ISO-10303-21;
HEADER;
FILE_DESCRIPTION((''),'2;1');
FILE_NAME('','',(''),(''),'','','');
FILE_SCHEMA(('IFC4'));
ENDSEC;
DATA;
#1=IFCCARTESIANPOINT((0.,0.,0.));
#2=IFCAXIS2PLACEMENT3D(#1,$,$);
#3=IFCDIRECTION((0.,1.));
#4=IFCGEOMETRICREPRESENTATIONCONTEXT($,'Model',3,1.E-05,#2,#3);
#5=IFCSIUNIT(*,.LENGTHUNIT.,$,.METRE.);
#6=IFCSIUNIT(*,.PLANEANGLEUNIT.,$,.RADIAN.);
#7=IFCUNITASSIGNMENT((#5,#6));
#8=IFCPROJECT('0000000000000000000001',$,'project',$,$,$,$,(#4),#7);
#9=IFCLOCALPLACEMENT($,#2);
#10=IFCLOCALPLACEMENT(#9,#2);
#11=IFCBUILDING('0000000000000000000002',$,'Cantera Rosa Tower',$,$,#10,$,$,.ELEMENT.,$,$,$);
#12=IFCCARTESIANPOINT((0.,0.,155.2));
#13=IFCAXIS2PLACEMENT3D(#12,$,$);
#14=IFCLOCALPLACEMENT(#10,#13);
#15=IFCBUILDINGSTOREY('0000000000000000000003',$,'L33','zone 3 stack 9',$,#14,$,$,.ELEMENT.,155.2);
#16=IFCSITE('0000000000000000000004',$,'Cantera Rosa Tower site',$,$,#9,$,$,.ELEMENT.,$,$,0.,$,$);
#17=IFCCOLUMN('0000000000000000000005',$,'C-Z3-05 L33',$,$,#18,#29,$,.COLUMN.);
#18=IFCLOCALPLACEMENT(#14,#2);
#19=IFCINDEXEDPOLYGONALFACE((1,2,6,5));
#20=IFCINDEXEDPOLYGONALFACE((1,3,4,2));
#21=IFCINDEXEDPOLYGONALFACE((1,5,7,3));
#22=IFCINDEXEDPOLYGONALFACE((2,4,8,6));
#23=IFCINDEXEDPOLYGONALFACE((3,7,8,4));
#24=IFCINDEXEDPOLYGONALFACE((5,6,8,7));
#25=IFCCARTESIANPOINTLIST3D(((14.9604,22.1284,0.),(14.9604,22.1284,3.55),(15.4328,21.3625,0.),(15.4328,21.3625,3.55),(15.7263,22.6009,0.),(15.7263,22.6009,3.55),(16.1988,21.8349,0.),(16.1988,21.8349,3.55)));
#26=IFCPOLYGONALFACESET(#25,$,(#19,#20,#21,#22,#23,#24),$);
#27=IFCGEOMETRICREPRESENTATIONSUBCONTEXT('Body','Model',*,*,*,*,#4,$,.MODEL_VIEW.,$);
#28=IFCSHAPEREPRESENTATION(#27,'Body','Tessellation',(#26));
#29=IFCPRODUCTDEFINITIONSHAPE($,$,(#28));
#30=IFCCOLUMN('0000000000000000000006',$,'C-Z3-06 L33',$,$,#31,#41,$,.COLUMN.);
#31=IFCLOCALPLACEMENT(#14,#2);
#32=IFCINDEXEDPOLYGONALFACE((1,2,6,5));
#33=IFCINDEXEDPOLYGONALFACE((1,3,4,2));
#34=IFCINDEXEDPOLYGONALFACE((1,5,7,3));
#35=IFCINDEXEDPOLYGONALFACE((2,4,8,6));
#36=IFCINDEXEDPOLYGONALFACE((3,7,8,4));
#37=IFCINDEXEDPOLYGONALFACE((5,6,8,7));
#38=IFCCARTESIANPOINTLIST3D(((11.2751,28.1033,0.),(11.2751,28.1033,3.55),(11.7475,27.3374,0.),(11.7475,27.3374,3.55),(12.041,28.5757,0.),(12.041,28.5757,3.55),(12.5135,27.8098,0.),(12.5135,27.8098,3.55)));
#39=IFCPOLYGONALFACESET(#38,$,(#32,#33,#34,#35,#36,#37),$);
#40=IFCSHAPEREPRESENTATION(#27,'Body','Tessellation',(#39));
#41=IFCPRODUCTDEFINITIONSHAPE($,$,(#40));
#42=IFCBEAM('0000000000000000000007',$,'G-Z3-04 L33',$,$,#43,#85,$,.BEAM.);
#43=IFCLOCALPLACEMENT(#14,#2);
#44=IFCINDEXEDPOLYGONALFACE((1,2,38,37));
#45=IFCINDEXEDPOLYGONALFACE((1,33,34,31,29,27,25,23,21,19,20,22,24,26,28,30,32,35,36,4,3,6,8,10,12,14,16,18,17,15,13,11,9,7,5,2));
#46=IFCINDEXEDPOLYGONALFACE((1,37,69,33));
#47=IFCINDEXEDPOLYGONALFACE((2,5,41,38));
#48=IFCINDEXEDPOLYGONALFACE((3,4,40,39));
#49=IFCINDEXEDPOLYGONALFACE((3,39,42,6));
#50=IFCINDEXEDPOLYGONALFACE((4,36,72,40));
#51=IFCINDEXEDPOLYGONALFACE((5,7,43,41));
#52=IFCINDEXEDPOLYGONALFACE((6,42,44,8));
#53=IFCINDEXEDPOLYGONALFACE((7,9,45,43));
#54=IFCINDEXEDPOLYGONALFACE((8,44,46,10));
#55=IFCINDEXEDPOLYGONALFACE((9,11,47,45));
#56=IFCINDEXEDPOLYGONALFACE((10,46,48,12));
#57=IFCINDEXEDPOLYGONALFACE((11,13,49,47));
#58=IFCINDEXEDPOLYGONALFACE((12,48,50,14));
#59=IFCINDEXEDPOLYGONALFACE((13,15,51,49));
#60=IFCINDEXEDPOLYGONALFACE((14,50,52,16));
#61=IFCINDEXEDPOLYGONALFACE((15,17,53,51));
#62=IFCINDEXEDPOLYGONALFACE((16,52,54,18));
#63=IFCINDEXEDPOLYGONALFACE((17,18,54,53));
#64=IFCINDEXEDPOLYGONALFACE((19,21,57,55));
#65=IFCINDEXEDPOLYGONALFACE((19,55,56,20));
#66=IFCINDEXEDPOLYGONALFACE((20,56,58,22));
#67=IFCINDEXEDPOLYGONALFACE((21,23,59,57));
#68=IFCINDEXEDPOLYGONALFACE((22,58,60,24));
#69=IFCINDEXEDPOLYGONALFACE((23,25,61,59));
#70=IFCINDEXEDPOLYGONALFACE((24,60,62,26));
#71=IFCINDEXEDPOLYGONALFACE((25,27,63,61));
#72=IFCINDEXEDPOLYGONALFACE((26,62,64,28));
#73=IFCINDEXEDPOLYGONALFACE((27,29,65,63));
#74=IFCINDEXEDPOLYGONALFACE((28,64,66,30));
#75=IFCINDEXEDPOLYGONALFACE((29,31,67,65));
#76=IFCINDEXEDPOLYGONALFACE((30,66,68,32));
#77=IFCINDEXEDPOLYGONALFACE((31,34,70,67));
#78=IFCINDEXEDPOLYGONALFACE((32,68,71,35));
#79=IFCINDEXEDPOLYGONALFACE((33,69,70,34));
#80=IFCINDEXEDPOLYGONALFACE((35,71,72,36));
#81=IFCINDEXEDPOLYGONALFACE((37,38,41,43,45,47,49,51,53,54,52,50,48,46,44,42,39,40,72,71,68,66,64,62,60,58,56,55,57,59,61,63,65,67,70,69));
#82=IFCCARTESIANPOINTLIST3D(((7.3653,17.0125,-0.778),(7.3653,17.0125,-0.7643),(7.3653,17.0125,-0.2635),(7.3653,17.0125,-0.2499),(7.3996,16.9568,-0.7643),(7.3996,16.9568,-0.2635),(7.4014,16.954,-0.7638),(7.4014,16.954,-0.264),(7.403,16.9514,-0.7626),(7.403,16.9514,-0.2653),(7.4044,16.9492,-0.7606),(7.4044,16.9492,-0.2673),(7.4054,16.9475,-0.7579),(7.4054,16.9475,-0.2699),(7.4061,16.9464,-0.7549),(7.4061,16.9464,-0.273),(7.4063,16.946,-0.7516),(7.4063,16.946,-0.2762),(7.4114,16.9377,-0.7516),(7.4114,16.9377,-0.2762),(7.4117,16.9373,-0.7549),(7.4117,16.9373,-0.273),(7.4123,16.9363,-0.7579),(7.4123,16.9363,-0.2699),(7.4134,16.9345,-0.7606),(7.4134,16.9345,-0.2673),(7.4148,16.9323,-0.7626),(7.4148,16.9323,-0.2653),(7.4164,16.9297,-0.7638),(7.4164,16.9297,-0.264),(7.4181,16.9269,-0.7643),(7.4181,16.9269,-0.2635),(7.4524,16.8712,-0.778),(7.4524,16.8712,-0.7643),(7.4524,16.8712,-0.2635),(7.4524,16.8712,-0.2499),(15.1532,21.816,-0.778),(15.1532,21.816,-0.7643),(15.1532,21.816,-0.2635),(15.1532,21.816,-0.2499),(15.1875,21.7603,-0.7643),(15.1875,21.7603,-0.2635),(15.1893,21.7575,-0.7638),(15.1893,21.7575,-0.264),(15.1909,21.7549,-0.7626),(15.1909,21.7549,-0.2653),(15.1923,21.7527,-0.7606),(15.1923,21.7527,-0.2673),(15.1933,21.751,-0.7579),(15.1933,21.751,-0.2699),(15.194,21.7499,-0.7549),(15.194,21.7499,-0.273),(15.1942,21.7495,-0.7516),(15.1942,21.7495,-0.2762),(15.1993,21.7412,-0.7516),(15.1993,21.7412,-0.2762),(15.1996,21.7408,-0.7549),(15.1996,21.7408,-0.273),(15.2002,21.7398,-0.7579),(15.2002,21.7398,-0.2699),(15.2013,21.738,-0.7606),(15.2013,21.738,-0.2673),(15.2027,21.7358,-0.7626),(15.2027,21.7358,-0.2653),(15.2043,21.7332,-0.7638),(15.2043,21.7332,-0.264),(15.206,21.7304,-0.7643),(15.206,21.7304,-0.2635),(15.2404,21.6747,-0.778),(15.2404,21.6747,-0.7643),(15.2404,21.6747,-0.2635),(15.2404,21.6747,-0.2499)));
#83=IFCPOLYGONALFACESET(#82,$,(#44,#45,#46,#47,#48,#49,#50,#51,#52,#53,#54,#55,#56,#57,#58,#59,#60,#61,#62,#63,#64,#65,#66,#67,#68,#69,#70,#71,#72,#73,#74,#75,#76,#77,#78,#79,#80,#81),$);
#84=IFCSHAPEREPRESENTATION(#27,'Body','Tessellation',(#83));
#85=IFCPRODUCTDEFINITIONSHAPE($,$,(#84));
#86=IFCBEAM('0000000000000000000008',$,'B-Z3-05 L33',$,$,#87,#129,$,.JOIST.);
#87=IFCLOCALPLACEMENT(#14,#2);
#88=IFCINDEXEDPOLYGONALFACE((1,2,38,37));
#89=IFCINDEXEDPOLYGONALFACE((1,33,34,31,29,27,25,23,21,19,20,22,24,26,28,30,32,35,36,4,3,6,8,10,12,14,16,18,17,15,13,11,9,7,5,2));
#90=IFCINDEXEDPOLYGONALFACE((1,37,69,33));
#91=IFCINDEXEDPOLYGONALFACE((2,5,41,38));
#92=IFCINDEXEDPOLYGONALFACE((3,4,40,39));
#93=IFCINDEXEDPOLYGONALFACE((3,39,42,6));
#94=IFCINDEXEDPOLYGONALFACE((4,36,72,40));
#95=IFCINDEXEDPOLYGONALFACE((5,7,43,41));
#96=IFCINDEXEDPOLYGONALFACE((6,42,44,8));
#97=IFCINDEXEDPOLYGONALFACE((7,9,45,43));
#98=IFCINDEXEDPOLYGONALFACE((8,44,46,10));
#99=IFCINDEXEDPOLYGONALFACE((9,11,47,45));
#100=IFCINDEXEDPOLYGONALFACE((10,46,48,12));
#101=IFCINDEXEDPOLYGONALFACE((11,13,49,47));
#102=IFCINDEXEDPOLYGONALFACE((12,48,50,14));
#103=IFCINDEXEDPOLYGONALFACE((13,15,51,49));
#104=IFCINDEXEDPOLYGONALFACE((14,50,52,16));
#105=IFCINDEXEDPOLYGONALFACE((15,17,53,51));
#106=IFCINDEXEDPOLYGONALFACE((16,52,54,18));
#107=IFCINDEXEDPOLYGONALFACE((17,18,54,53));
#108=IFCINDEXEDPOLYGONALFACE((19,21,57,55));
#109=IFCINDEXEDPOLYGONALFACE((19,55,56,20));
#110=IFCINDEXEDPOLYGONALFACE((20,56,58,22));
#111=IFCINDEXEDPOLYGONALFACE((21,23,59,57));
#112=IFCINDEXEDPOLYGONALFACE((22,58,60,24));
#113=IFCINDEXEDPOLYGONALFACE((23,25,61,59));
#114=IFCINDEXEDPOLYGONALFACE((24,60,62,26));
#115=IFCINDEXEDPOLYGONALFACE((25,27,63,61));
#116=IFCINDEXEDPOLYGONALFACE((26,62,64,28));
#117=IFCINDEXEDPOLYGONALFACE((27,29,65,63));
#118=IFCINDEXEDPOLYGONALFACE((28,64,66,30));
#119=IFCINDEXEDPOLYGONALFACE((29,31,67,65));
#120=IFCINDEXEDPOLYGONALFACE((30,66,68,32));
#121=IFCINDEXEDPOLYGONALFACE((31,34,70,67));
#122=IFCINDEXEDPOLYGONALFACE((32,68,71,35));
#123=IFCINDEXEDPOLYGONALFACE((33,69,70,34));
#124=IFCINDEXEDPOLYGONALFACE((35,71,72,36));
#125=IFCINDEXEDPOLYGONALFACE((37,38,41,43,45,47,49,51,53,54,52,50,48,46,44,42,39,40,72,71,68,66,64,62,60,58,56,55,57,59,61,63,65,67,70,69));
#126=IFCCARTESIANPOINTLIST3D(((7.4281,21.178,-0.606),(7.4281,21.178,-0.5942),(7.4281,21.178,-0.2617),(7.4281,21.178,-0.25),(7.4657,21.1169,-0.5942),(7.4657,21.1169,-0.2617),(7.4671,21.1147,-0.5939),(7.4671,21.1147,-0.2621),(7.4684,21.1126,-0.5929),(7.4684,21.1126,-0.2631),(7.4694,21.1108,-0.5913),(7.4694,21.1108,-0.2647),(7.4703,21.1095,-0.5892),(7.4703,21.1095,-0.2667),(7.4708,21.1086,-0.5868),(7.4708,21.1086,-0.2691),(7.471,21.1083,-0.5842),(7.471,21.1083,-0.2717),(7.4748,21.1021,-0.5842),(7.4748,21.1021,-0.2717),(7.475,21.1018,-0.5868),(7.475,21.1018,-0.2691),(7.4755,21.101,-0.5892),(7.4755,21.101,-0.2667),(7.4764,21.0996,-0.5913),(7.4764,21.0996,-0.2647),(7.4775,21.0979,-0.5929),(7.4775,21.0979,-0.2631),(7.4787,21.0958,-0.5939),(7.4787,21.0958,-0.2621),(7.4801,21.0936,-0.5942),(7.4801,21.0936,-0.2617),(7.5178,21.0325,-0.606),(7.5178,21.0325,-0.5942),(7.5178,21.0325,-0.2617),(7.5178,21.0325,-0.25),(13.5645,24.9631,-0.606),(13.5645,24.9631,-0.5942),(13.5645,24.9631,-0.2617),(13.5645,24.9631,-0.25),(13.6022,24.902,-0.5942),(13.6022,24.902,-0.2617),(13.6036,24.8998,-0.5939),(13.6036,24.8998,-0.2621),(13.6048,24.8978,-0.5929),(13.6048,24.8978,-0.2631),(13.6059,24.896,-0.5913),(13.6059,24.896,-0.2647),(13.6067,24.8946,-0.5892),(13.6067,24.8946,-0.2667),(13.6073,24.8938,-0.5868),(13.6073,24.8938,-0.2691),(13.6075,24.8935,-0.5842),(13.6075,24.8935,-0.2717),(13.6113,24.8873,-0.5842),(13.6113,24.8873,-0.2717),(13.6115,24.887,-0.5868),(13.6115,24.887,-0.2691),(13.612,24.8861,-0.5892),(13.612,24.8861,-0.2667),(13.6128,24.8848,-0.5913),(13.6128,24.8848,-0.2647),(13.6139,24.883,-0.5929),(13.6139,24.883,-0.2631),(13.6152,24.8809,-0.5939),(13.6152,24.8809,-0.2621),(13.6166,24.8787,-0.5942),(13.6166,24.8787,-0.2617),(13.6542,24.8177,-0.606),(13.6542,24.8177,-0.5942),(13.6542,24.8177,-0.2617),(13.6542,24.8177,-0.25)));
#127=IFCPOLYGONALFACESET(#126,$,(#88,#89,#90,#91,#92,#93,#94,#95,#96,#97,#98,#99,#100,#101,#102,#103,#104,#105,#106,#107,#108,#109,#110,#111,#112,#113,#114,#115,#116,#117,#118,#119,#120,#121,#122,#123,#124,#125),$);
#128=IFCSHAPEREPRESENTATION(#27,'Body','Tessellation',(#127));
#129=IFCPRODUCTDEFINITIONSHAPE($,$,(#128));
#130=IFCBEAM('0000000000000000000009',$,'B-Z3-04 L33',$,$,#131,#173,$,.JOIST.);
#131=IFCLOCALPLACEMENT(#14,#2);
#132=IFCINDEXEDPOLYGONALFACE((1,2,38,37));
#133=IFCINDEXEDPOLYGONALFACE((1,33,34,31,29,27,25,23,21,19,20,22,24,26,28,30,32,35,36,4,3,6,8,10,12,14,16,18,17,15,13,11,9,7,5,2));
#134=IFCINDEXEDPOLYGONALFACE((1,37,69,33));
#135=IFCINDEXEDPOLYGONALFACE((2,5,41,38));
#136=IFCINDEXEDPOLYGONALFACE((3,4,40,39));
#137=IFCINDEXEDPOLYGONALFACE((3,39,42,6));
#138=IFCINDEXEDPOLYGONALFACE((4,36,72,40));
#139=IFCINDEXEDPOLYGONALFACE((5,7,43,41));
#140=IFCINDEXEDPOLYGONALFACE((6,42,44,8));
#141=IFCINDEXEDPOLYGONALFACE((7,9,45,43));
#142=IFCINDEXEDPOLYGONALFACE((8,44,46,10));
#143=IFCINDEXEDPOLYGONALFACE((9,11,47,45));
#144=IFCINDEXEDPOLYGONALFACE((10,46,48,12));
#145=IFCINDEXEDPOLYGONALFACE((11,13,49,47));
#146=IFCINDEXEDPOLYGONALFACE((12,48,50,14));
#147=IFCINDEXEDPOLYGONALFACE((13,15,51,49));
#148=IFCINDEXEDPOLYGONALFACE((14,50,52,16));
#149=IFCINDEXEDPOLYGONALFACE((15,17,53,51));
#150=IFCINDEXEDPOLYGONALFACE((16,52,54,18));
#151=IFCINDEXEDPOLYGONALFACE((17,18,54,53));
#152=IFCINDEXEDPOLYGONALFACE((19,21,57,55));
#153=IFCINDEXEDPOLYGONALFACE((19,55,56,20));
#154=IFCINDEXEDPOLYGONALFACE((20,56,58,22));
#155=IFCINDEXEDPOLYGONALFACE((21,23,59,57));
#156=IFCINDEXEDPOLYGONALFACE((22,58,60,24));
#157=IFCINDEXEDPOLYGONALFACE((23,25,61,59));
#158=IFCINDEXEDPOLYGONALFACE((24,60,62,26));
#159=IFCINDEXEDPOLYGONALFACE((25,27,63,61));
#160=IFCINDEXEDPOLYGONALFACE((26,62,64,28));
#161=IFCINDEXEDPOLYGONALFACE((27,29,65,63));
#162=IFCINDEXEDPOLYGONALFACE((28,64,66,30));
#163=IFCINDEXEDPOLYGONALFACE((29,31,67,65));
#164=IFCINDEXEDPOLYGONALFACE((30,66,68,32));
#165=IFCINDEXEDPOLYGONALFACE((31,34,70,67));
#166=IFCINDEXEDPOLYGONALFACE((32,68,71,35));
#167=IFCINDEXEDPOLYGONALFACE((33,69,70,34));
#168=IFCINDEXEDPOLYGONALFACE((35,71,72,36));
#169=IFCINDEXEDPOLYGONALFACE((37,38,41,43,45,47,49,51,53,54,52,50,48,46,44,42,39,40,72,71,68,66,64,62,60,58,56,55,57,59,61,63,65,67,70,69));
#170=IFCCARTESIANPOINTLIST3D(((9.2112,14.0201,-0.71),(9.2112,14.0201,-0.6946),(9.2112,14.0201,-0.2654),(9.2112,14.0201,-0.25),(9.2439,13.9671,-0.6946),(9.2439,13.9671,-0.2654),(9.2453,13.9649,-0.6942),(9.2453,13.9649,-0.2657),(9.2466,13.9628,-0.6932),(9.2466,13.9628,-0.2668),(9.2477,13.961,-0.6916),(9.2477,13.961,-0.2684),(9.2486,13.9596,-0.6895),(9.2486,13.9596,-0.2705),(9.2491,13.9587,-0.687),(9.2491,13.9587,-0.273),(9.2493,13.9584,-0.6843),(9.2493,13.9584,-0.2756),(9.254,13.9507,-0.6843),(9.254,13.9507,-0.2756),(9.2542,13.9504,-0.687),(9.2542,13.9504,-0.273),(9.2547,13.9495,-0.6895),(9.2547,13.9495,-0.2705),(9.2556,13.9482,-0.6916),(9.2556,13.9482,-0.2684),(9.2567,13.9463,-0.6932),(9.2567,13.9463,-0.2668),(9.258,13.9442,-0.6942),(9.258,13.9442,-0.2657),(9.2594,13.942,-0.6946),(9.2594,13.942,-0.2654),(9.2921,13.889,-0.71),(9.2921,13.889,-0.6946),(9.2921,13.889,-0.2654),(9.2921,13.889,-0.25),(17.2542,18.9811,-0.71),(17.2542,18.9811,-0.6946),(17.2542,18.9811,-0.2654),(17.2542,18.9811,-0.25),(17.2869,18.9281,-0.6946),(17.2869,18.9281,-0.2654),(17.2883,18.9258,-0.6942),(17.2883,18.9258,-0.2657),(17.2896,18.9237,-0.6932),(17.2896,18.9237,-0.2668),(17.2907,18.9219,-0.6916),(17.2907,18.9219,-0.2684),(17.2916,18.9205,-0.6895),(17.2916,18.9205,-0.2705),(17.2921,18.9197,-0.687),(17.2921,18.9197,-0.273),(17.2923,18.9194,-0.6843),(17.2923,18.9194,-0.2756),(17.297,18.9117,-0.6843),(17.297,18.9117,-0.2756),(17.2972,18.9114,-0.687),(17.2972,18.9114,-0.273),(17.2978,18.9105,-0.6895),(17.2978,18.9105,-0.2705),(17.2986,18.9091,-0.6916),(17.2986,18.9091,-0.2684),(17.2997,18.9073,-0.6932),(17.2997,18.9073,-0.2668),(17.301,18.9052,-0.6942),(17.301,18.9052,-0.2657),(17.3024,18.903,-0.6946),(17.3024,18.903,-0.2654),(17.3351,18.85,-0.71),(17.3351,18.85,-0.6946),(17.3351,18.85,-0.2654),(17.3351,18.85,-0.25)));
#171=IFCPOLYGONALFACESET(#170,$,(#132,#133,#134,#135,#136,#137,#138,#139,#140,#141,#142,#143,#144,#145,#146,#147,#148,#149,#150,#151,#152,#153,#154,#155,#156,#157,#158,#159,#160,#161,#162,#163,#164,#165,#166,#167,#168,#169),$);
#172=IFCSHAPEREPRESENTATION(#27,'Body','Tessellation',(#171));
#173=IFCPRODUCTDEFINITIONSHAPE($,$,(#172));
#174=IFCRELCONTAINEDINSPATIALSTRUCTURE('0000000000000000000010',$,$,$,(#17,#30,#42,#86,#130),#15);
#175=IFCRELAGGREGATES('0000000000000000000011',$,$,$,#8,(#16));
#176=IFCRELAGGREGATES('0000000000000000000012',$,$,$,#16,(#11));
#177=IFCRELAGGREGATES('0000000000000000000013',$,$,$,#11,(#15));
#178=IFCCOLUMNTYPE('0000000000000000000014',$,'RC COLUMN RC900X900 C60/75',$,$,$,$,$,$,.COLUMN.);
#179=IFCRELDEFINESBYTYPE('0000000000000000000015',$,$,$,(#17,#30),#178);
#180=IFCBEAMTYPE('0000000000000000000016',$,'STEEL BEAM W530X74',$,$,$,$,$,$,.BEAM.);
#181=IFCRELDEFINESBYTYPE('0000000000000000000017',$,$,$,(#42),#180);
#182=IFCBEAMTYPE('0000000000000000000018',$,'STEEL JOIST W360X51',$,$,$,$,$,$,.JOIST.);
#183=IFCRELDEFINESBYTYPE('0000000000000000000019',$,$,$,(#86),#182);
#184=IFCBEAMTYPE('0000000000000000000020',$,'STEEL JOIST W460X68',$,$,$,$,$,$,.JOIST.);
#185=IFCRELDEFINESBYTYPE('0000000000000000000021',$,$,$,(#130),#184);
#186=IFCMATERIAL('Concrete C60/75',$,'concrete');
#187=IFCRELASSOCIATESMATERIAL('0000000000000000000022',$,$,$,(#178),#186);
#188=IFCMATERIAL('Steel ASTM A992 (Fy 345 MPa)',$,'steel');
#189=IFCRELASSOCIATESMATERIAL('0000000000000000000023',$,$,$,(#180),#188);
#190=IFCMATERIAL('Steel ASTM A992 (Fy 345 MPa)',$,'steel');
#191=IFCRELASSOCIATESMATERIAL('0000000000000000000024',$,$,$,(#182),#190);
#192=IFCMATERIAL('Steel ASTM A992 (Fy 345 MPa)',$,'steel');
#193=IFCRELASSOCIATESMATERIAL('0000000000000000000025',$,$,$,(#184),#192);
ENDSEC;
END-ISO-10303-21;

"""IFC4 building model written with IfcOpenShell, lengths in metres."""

from ifc_helpers import new_model, si_unit, direction, frame, origin, origin_2d, place, context, subcontext, project, spatial, rectangle, i_section, extrude, material, material_profile, profile_set, type_object, element, save


model = new_model("IFC4")

# Units and contexts
model_context = context("Model", 3, precision=1e-05, world=origin(), true_north=direction((0.0, 1.0)))
body_context = subcontext(model_context, "Body", "Model", "MODEL_VIEW")
ifc_project = project(units=[si_unit("LENGTHUNIT", "METRE"), si_unit("PLANEANGLEUNIT", "RADIAN")], contexts=[model_context])

# Site, building, storey
site_placement = place(None, origin())
site = spatial("IfcSite", under=ifc_project, at=site_placement, Name="Cantera Rosa Tower site", CompositionType="ELEMENT", RefElevation=0.0)
building_placement = place(site_placement, origin())
building = spatial("IfcBuilding", under=site, at=building_placement, Name="Cantera Rosa Tower", CompositionType="ELEMENT")
storey_placement = place(building_placement, frame((0.0, 0.0, 155.2)))
storey = spatial("IfcBuildingStorey", under=building, at=storey_placement, Name="L33", Description="zone 3 stack 9", CompositionType="ELEMENT", Elevation=155.2)

# Columns
ifc_material_1 = material(Name="Concrete C60/75", Category="concrete")
ifc_material_profile_1 = material_profile(ifc_material_1, rectangle(XDim=0.8999, YDim=0.8999, at=origin_2d()), Name="RC COLUMN RC900X900 C60/75")
ifc_profile_set_1 = profile_set([ifc_material_profile_1], Name="Concrete C60/75")
column_type = type_object("IfcColumnType", Name="RC COLUMN RC900X900 C60/75", PredefinedType="COLUMN", material=ifc_profile_set_1)
for number, where, z_axis, x_axis, name in (
    (1, (15.5796, 21.9817, 0.0), (0.0, 0.0, 1.0), (0.851117, 0.524977, 0.0), "C-Z3-05 L33"),
    (2, (11.8943, 27.9565, 0.0), (0.0, 0.0, 1.0), (0.851117, 0.524977, 0.0), "C-Z3-06 L33"),
):
    element("IfcColumn", number, at=place(storey_placement, frame(where, z_axis=z_axis, x_axis=x_axis)), inside=storey, type_object=column_type, Name=name, PredefinedType="COLUMN", context=body_context, shape_type="SweptSolid", body=[
        extrude(rectangle(XDim=0.8999, YDim=0.8999, at=origin_2d()), origin(), (0.0, 0.0, 1.0), 3.55),
    ])

# Beams
ifc_material_2 = material(Name="Steel ASTM A992 (Fy 345 MPa)", Category="steel")
ifc_material_profile_2 = material_profile(ifc_material_2, i_section(OverallWidth=0.166, OverallDepth=0.5281, WebThickness=0.0098, FlangeThickness=0.0137, FilletRadius=0.0127, at=origin_2d()), Name="W530X74")
ifc_profile_set_2 = profile_set([ifc_material_profile_2], Name="Steel ASTM A992 (Fy 345 MPa)")
beam_type_1 = type_object("IfcBeamType", Name="STEEL BEAM W530X74", PredefinedType="BEAM", material=ifc_profile_set_2)
beam_1_placement = place(storey_placement, frame((15.1968, 21.7454, -0.5139), z_axis=(-0.851124, -0.524965, 0.0), x_axis=(0.524965, -0.851124, 0.0)))
element("IfcBeam", 3, at=beam_1_placement, inside=storey, type_object=beam_type_1, Name="G-Z3-04 L33", PredefinedType="BEAM", context=body_context, shape_type="SweptSolid", body=[
    extrude(i_section(OverallWidth=0.166, OverallDepth=0.5281, WebThickness=0.0098, FlangeThickness=0.0137, FilletRadius=0.0127, at=origin_2d()), origin(), (0.0, 0.0, 1.0), 9.1501),
])
ifc_material_3 = material(Name="Steel ASTM A992 (Fy 345 MPa)", Category="steel")
ifc_material_profile_3 = material_profile(ifc_material_3, i_section(OverallWidth=0.1709, OverallDepth=0.356, WebThickness=0.0073, FlangeThickness=0.0117, FilletRadius=0.01, at=origin_2d()), Name="W360X51")
ifc_profile_set_3 = profile_set([ifc_material_profile_3], Name="Steel ASTM A992 (Fy 345 MPa)")
beam_type_2 = type_object("IfcBeamType", Name="STEEL JOIST W360X51", PredefinedType="JOIST", material=ifc_profile_set_3)
beam_2_placement = place(storey_placement, frame((13.6094, 24.8904, -0.428), z_axis=(-0.851109, -0.524989, 0.0), x_axis=(0.524989, -0.851109, 0.0)))
element("IfcBeam", 4, at=beam_2_placement, inside=storey, type_object=beam_type_2, Name="B-Z3-05 L33", PredefinedType="JOIST", context=body_context, shape_type="SweptSolid", body=[
    extrude(i_section(OverallWidth=0.1709, OverallDepth=0.356, WebThickness=0.0073, FlangeThickness=0.0117, FilletRadius=0.01, at=origin_2d()), origin(), (0.0, 0.0, 1.0), 7.21),
])
ifc_material_4 = material(Name="Steel ASTM A992 (Fy 345 MPa)", Category="steel")
ifc_material_profile_4 = material_profile(ifc_material_4, i_section(OverallWidth=0.1541, OverallDepth=0.46, WebThickness=0.009, FlangeThickness=0.0154, FilletRadius=0.0103, at=origin_2d()), Name="W460X68")
ifc_profile_set_4 = profile_set([ifc_material_profile_4], Name="Steel ASTM A992 (Fy 345 MPa)")
beam_type_3 = type_object("IfcBeamType", Name="STEEL JOIST W460X68", PredefinedType="JOIST", material=ifc_profile_set_4)
beam_3_placement = place(storey_placement, frame((17.2947, 18.9155, -0.48), z_axis=(-0.851119, -0.524974, 0.0), x_axis=(0.524974, -0.851119, 0.0)))
element("IfcBeam", 5, at=beam_3_placement, inside=storey, type_object=beam_type_3, Name="B-Z3-04 L33", PredefinedType="JOIST", context=body_context, shape_type="SweptSolid", body=[
    extrude(i_section(OverallWidth=0.1541, OverallDepth=0.46, WebThickness=0.009, FlangeThickness=0.0154, FilletRadius=0.0103, at=origin_2d()), origin(), (0.0, 0.0, 1.0), 9.45),
])

save(model, "model.ifc")
